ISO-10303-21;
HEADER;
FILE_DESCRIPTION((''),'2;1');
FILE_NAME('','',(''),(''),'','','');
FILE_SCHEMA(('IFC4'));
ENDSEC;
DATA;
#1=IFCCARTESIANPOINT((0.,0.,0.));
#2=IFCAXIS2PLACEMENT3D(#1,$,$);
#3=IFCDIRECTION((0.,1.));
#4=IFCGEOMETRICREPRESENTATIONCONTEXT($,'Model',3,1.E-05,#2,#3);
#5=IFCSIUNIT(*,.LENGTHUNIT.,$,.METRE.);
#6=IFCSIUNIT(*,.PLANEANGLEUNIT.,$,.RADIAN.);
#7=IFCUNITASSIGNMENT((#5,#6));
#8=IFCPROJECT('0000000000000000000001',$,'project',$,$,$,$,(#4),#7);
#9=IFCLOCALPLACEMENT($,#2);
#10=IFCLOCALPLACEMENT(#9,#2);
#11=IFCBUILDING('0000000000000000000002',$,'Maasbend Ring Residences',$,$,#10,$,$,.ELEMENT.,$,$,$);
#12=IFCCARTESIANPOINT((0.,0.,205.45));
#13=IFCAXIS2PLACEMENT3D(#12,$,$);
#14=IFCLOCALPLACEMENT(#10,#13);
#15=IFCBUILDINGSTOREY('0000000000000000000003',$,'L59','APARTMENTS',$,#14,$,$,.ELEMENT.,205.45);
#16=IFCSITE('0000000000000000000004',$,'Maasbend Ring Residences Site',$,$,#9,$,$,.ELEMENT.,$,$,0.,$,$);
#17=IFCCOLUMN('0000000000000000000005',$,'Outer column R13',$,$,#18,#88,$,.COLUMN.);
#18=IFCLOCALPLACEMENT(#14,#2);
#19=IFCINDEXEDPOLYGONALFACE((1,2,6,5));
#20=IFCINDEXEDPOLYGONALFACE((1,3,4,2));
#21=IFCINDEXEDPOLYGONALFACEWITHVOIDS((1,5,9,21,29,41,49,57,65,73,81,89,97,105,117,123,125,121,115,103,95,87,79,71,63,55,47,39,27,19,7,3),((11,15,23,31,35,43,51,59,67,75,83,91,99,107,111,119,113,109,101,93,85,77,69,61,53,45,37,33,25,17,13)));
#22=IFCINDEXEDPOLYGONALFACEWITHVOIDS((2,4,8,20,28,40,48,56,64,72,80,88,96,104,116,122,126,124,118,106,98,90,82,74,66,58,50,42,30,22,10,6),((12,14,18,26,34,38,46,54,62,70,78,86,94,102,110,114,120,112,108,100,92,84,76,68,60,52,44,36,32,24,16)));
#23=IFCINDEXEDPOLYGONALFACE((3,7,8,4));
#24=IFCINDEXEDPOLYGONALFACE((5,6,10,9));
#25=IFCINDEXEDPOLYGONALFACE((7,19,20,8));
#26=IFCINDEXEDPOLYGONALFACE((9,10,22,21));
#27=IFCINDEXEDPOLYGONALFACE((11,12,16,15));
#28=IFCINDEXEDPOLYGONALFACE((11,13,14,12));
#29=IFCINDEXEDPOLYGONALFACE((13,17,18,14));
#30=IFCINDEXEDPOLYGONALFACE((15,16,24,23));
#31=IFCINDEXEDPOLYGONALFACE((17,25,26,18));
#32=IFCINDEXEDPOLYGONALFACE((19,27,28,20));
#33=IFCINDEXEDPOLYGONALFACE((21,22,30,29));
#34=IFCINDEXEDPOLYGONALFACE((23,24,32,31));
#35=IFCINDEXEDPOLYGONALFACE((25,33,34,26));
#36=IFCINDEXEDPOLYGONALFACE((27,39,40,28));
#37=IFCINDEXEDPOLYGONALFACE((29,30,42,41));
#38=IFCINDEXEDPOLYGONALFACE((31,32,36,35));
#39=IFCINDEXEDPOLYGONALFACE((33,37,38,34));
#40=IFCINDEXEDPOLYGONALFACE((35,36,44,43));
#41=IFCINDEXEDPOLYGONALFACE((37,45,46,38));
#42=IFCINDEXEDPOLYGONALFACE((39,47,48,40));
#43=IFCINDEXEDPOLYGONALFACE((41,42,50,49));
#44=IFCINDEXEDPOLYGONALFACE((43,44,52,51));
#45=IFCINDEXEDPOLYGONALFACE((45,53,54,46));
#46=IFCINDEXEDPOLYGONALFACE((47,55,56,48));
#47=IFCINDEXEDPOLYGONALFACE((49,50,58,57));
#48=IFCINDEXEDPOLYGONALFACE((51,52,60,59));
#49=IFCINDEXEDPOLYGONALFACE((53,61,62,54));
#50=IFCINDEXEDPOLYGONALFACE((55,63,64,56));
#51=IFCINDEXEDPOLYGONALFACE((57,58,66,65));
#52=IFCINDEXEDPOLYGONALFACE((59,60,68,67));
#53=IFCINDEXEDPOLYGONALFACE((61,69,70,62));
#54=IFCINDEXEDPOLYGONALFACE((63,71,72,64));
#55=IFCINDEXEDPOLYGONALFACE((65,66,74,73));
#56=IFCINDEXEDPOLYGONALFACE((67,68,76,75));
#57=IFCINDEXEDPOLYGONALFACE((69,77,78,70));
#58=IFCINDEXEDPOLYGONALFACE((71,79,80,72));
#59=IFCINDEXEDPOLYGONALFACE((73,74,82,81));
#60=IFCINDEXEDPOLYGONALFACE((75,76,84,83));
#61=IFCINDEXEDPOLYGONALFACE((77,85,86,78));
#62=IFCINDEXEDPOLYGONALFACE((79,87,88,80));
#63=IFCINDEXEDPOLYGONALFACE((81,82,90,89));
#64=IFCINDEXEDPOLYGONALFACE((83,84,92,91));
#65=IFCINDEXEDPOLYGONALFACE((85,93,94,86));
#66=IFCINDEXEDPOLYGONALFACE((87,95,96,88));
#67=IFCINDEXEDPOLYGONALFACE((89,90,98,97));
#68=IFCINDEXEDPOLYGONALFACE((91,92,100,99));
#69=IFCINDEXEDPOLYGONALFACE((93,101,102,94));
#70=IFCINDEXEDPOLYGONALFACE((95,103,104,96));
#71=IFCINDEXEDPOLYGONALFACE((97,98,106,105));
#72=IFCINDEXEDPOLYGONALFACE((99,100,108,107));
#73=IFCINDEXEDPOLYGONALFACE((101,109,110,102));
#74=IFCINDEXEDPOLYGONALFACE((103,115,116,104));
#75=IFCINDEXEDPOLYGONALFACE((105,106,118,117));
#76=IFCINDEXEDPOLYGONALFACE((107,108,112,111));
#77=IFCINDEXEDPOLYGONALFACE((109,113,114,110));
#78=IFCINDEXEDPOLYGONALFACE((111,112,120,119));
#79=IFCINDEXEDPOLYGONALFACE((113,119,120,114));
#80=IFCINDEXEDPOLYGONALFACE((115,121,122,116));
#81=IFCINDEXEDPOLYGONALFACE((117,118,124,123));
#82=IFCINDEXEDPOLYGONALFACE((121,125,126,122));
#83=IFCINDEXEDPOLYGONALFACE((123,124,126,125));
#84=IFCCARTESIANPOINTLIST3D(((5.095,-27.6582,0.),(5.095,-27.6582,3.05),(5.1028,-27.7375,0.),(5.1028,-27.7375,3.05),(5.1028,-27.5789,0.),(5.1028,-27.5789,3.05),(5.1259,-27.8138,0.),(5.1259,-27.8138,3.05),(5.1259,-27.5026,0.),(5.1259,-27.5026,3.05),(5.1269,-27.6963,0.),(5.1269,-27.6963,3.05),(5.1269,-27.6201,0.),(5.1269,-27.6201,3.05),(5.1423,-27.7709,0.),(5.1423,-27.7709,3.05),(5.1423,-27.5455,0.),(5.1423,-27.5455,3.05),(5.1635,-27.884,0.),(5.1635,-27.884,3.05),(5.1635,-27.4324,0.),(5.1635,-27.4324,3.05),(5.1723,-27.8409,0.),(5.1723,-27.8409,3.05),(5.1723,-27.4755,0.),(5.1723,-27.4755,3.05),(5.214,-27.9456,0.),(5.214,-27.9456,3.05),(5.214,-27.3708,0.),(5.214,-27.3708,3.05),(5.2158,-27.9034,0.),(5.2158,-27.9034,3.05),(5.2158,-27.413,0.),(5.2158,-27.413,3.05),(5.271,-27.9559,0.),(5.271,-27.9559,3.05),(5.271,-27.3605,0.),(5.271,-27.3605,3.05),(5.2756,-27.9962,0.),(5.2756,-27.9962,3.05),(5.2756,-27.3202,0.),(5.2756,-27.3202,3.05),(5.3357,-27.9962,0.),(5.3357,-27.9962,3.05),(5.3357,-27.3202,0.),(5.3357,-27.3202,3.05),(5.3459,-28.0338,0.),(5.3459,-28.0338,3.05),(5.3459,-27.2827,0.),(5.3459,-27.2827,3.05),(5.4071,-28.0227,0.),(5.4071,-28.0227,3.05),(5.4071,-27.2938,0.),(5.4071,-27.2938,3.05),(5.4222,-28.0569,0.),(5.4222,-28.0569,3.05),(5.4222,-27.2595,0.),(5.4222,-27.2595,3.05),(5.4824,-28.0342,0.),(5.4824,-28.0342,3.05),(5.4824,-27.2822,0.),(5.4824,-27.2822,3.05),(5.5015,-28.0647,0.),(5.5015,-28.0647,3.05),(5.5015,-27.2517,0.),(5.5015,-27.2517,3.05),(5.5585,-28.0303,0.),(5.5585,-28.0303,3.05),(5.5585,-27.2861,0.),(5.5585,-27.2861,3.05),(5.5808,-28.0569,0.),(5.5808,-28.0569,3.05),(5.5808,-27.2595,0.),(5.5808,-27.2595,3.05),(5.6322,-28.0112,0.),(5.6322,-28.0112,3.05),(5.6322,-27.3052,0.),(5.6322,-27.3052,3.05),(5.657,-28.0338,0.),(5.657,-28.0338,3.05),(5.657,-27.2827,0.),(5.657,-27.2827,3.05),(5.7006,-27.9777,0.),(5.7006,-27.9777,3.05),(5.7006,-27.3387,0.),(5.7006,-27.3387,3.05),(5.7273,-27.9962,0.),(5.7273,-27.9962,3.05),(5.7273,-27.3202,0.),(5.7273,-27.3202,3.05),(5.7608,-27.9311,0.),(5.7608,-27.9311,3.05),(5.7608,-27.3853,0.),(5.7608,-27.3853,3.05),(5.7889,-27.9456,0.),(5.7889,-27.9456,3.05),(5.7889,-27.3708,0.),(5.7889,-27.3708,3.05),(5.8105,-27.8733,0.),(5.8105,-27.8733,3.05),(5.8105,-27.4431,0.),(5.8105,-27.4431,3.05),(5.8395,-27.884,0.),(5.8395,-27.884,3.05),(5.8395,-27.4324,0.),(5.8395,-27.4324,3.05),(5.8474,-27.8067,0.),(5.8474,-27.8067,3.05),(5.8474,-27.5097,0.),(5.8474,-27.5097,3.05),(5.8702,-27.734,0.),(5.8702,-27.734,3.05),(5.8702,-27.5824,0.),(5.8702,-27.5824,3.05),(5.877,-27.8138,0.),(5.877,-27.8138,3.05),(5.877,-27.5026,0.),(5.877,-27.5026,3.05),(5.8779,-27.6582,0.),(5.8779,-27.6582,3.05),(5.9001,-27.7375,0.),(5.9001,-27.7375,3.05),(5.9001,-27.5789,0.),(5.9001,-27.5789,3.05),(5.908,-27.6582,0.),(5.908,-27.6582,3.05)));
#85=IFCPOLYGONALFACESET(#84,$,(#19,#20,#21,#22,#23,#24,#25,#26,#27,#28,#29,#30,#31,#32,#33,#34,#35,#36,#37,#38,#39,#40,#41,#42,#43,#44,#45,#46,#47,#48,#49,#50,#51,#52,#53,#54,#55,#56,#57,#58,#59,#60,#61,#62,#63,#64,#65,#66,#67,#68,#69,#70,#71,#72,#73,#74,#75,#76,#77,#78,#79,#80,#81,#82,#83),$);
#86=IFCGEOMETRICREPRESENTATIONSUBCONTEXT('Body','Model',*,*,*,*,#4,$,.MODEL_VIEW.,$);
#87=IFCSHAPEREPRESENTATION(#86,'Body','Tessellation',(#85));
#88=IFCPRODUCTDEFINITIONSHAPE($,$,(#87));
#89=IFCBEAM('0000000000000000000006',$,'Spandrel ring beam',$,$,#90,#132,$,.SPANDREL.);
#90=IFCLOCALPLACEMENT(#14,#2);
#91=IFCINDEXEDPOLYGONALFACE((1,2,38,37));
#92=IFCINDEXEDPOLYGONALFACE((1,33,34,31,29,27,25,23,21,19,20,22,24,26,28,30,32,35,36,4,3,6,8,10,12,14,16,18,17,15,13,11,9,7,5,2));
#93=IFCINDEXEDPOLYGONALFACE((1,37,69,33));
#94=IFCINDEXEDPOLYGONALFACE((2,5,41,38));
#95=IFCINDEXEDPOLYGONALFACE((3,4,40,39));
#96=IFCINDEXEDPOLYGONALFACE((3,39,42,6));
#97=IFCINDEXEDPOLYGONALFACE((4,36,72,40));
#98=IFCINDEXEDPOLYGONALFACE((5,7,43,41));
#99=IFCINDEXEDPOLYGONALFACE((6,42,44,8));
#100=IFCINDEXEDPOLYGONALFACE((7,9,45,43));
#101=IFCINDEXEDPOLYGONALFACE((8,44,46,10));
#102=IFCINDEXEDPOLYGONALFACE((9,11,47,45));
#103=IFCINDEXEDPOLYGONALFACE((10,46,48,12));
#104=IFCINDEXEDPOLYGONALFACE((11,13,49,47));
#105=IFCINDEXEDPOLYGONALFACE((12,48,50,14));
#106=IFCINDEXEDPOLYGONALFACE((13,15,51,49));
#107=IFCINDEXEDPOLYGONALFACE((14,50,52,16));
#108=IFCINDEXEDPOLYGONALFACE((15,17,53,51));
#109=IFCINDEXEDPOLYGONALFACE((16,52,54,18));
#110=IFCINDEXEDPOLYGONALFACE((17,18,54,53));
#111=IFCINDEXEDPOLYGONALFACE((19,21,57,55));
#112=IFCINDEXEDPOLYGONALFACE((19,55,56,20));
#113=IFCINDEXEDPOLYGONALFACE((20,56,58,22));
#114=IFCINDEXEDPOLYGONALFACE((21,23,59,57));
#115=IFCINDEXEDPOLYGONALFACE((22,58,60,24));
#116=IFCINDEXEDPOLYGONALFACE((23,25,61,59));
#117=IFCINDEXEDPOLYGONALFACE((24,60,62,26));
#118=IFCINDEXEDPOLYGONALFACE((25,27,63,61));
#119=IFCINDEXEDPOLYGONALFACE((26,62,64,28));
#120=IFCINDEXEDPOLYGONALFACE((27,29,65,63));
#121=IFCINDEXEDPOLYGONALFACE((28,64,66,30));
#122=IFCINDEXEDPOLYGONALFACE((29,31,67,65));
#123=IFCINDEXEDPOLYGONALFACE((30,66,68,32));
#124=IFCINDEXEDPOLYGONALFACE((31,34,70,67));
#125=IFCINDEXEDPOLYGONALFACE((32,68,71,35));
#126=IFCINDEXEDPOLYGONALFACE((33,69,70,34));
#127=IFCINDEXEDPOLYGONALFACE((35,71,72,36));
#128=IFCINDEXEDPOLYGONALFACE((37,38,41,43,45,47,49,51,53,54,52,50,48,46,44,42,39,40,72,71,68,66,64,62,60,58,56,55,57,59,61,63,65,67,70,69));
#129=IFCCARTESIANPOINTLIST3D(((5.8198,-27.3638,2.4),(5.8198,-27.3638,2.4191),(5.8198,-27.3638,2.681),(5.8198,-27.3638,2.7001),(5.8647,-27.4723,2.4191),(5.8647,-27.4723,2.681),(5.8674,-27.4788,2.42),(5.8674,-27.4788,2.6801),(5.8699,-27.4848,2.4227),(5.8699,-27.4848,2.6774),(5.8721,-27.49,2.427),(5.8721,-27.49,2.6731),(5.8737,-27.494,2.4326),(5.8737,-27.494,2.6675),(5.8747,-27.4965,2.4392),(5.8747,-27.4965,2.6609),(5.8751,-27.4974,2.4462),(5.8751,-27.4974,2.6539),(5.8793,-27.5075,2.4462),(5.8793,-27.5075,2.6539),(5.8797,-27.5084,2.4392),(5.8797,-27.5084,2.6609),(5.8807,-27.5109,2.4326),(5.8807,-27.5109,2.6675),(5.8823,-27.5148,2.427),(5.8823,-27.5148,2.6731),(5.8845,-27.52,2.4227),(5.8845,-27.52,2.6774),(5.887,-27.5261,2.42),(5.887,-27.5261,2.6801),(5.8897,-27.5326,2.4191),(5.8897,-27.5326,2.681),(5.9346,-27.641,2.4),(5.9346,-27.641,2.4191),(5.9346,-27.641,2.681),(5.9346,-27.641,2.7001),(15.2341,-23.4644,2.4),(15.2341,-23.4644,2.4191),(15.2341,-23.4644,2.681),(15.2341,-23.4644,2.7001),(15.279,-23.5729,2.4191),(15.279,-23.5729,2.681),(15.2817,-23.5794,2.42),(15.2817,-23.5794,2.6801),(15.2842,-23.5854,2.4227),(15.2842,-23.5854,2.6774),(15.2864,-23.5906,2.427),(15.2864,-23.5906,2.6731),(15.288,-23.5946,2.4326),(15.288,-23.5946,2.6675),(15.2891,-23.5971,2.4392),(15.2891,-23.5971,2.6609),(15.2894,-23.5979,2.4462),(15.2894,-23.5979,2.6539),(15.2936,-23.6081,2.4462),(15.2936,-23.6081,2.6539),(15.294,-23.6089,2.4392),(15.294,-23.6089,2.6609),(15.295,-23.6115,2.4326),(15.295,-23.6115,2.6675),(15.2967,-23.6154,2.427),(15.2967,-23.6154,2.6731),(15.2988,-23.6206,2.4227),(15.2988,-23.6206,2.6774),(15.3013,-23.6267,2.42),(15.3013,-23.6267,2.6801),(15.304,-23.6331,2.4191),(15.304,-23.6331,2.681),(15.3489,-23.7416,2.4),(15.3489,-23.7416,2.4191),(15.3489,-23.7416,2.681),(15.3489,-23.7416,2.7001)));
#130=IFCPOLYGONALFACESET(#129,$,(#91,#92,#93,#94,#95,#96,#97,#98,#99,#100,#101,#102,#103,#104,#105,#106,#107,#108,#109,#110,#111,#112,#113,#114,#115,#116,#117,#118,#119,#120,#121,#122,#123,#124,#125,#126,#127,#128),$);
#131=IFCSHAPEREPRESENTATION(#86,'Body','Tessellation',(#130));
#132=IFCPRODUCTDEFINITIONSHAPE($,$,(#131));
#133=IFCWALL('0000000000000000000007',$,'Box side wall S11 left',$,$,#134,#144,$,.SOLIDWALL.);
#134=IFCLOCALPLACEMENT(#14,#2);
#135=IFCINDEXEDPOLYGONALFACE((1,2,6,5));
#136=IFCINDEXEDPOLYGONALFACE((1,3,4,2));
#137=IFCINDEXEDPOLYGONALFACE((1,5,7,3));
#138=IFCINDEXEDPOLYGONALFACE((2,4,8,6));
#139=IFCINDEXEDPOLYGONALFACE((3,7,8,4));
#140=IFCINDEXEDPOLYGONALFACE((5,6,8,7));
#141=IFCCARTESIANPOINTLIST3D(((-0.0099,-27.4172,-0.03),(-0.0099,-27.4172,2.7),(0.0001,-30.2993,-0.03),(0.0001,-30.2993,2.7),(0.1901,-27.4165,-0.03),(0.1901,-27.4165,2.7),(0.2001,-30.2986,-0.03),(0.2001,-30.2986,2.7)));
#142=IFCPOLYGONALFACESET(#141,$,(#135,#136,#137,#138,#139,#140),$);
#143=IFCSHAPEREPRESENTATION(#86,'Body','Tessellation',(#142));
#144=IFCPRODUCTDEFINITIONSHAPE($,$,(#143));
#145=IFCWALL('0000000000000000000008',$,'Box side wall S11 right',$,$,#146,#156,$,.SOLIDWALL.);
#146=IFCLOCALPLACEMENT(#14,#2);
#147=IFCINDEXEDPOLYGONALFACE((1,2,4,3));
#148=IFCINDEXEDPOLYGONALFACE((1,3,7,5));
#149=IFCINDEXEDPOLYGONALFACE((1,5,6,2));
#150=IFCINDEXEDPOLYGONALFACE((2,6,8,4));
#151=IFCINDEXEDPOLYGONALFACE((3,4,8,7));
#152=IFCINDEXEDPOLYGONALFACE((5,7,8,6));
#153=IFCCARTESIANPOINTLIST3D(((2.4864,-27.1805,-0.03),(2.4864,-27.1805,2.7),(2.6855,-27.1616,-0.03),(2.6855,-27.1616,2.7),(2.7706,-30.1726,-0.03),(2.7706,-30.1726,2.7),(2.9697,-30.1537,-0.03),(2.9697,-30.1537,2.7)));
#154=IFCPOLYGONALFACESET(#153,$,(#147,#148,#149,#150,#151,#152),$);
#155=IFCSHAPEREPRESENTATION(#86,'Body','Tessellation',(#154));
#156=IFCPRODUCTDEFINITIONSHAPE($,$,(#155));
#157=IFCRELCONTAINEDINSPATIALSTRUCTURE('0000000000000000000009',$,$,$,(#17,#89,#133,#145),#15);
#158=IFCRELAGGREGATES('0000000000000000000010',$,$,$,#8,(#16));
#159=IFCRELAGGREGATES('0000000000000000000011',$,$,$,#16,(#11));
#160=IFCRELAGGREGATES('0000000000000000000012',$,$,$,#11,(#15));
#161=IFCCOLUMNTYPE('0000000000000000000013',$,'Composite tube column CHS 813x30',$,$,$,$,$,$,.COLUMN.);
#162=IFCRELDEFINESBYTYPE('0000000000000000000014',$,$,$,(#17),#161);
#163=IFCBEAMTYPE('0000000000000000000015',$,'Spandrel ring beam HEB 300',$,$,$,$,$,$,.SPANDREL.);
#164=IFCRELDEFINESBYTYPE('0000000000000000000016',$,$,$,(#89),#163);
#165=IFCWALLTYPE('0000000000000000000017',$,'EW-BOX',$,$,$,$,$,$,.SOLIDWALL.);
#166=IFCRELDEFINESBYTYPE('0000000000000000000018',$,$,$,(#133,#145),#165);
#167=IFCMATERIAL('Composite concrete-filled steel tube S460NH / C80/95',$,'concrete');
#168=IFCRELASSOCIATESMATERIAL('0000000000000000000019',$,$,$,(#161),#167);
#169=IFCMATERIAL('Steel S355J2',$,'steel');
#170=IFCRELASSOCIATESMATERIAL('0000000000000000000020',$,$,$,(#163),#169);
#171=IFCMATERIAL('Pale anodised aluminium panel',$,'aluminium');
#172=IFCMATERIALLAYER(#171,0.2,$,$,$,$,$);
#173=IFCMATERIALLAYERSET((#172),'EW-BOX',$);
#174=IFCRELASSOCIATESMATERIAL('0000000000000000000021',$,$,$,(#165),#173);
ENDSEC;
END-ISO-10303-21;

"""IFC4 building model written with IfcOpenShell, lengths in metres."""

from ifc_helpers import new_model, si_unit, direction, frame, frame_2d, origin, origin_2d, place, context, subcontext, project, spatial, rectangle, hollow_circle, i_section, extrude, material, layer, layer_set, material_profile, profile_set, type_object, element, save


model = new_model("IFC4")

# Units and contexts
model_context = context("Model", 3, precision=1e-05, world=origin(), true_north=direction((0.0, 1.0)))
body_context = subcontext(model_context, "Body", "Model", "MODEL_VIEW")
ifc_project = project(units=[si_unit("LENGTHUNIT", "METRE"), si_unit("PLANEANGLEUNIT", "RADIAN")], contexts=[model_context])

# Site, building, storey
site_placement = place(None, origin())
site = spatial("IfcSite", under=ifc_project, at=site_placement, Name="Maasbend Ring Residences Site", CompositionType="ELEMENT", RefElevation=0.0)
building_placement = place(site_placement, origin())
building = spatial("IfcBuilding", under=site, at=building_placement, Name="Maasbend Ring Residences", CompositionType="ELEMENT")
storey_placement = place(building_placement, frame((0.0, 0.0, 205.45)))
storey = spatial("IfcBuildingStorey", under=building, at=storey_placement, Name="L59", Description="APARTMENTS", CompositionType="ELEMENT", Elevation=205.45)

# Column
ifc_material_1 = material(Name="Composite concrete-filled steel tube S460NH / C80/95", Category="concrete")
ifc_material_profile_1 = material_profile(ifc_material_1, hollow_circle(Radius=0.4065, WallThickness=0.03, at=origin_2d()), Name="Composite tube column CHS 813x30")
ifc_profile_set_1 = profile_set([ifc_material_profile_1], Name="Composite concrete-filled steel tube S460NH / C80/95")
column_type = type_object("IfcColumnType", Name="Composite tube column CHS 813x30", PredefinedType="COLUMN", material=ifc_profile_set_1)
column_placement = place(storey_placement, frame((5.5015, -27.6582, 0.0), z_axis=(0.0, 0.0, 1.0), x_axis=(1.0, 0.0, 0.0)))
element("IfcColumn", 1, at=column_placement, inside=storey, type_object=column_type, Name="Outer column R13", PredefinedType="COLUMN", context=body_context, shape_type="SweptSolid", body=[
    extrude(hollow_circle(Radius=0.4065, WallThickness=0.03, at=origin_2d()), origin(), (0.0, 0.0, 1.0), 3.05),
])

# Beam
ifc_material_2 = material(Name="Steel S355J2", Category="steel")
ifc_material_profile_2 = material_profile(ifc_material_2, i_section(OverallWidth=0.3, OverallDepth=0.3, WebThickness=0.011, FlangeThickness=0.019, FilletRadius=0.0271, at=origin_2d()), Name="HEB 300")
ifc_profile_set_2 = profile_set([ifc_material_profile_2], Name="Steel S355J2")
beam_type = type_object("IfcBeamType", Name="Spandrel ring beam HEB 300", PredefinedType="SPANDREL", material=ifc_profile_set_2)
beam_placement = place(storey_placement, frame((5.8772, -27.5024, 2.55), z_axis=(0.923884, 0.382673, 0.0), x_axis=(-0.382673, 0.923884, 0.0)))
element("IfcBeam", 2, at=beam_placement, inside=storey, type_object=beam_type, Name="Spandrel ring beam", PredefinedType="SPANDREL", context=body_context, shape_type="SweptSolid", body=[
    extrude(i_section(OverallWidth=0.3, OverallDepth=0.3, WebThickness=0.011, FlangeThickness=0.019, FilletRadius=0.0271, at=origin_2d()), origin(), (0.0, 0.0, 1.0), 10.1899),
])

# Walls
ifc_material_3 = material(Name="Pale anodised aluminium panel", Category="aluminium")
ifc_layer_1 = layer(ifc_material_3, 0.2)
ifc_layer_set_1 = layer_set([ifc_layer_1], Name="EW-BOX")
wall_type_1 = type_object("IfcWallType", Name="EW-BOX", PredefinedType="SOLIDWALL", material=ifc_layer_set_1)
wall_1_placement = place(storey_placement, frame((0.0901, -27.417, -0.03), z_axis=(0.0, 0.0, 1.0), x_axis=(0.003473, -0.999994, 0.0)))
element("IfcWall", 3, at=wall_1_placement, inside=storey, type_object=wall_type_1, Name="Box side wall S11 left", PredefinedType="SOLIDWALL", context=body_context, shape_type="SweptSolid", body=[
    extrude(rectangle(XDim=2.8821, YDim=0.2, at=frame_2d((1.4409, 0.0))), origin(), (0.0, 0.0, 1.0), 2.73),
])
wall_2_placement = place(storey_placement, frame((2.5859, -27.1709, -0.03), z_axis=(0.0, 0.0, 1.0), x_axis=(0.094548, -0.99552, 0.0)))
element("IfcWall", 4, at=wall_2_placement, inside=storey, type_object=wall_type_1, Name="Box side wall S11 right", PredefinedType="SOLIDWALL", context=body_context, shape_type="SweptSolid", body=[
    extrude(rectangle(XDim=3.0056, YDim=0.2, at=frame_2d((1.5029, 0.0))), origin(), (0.0, 0.0, 1.0), 2.73),
])

save(model, "model.ifc")
